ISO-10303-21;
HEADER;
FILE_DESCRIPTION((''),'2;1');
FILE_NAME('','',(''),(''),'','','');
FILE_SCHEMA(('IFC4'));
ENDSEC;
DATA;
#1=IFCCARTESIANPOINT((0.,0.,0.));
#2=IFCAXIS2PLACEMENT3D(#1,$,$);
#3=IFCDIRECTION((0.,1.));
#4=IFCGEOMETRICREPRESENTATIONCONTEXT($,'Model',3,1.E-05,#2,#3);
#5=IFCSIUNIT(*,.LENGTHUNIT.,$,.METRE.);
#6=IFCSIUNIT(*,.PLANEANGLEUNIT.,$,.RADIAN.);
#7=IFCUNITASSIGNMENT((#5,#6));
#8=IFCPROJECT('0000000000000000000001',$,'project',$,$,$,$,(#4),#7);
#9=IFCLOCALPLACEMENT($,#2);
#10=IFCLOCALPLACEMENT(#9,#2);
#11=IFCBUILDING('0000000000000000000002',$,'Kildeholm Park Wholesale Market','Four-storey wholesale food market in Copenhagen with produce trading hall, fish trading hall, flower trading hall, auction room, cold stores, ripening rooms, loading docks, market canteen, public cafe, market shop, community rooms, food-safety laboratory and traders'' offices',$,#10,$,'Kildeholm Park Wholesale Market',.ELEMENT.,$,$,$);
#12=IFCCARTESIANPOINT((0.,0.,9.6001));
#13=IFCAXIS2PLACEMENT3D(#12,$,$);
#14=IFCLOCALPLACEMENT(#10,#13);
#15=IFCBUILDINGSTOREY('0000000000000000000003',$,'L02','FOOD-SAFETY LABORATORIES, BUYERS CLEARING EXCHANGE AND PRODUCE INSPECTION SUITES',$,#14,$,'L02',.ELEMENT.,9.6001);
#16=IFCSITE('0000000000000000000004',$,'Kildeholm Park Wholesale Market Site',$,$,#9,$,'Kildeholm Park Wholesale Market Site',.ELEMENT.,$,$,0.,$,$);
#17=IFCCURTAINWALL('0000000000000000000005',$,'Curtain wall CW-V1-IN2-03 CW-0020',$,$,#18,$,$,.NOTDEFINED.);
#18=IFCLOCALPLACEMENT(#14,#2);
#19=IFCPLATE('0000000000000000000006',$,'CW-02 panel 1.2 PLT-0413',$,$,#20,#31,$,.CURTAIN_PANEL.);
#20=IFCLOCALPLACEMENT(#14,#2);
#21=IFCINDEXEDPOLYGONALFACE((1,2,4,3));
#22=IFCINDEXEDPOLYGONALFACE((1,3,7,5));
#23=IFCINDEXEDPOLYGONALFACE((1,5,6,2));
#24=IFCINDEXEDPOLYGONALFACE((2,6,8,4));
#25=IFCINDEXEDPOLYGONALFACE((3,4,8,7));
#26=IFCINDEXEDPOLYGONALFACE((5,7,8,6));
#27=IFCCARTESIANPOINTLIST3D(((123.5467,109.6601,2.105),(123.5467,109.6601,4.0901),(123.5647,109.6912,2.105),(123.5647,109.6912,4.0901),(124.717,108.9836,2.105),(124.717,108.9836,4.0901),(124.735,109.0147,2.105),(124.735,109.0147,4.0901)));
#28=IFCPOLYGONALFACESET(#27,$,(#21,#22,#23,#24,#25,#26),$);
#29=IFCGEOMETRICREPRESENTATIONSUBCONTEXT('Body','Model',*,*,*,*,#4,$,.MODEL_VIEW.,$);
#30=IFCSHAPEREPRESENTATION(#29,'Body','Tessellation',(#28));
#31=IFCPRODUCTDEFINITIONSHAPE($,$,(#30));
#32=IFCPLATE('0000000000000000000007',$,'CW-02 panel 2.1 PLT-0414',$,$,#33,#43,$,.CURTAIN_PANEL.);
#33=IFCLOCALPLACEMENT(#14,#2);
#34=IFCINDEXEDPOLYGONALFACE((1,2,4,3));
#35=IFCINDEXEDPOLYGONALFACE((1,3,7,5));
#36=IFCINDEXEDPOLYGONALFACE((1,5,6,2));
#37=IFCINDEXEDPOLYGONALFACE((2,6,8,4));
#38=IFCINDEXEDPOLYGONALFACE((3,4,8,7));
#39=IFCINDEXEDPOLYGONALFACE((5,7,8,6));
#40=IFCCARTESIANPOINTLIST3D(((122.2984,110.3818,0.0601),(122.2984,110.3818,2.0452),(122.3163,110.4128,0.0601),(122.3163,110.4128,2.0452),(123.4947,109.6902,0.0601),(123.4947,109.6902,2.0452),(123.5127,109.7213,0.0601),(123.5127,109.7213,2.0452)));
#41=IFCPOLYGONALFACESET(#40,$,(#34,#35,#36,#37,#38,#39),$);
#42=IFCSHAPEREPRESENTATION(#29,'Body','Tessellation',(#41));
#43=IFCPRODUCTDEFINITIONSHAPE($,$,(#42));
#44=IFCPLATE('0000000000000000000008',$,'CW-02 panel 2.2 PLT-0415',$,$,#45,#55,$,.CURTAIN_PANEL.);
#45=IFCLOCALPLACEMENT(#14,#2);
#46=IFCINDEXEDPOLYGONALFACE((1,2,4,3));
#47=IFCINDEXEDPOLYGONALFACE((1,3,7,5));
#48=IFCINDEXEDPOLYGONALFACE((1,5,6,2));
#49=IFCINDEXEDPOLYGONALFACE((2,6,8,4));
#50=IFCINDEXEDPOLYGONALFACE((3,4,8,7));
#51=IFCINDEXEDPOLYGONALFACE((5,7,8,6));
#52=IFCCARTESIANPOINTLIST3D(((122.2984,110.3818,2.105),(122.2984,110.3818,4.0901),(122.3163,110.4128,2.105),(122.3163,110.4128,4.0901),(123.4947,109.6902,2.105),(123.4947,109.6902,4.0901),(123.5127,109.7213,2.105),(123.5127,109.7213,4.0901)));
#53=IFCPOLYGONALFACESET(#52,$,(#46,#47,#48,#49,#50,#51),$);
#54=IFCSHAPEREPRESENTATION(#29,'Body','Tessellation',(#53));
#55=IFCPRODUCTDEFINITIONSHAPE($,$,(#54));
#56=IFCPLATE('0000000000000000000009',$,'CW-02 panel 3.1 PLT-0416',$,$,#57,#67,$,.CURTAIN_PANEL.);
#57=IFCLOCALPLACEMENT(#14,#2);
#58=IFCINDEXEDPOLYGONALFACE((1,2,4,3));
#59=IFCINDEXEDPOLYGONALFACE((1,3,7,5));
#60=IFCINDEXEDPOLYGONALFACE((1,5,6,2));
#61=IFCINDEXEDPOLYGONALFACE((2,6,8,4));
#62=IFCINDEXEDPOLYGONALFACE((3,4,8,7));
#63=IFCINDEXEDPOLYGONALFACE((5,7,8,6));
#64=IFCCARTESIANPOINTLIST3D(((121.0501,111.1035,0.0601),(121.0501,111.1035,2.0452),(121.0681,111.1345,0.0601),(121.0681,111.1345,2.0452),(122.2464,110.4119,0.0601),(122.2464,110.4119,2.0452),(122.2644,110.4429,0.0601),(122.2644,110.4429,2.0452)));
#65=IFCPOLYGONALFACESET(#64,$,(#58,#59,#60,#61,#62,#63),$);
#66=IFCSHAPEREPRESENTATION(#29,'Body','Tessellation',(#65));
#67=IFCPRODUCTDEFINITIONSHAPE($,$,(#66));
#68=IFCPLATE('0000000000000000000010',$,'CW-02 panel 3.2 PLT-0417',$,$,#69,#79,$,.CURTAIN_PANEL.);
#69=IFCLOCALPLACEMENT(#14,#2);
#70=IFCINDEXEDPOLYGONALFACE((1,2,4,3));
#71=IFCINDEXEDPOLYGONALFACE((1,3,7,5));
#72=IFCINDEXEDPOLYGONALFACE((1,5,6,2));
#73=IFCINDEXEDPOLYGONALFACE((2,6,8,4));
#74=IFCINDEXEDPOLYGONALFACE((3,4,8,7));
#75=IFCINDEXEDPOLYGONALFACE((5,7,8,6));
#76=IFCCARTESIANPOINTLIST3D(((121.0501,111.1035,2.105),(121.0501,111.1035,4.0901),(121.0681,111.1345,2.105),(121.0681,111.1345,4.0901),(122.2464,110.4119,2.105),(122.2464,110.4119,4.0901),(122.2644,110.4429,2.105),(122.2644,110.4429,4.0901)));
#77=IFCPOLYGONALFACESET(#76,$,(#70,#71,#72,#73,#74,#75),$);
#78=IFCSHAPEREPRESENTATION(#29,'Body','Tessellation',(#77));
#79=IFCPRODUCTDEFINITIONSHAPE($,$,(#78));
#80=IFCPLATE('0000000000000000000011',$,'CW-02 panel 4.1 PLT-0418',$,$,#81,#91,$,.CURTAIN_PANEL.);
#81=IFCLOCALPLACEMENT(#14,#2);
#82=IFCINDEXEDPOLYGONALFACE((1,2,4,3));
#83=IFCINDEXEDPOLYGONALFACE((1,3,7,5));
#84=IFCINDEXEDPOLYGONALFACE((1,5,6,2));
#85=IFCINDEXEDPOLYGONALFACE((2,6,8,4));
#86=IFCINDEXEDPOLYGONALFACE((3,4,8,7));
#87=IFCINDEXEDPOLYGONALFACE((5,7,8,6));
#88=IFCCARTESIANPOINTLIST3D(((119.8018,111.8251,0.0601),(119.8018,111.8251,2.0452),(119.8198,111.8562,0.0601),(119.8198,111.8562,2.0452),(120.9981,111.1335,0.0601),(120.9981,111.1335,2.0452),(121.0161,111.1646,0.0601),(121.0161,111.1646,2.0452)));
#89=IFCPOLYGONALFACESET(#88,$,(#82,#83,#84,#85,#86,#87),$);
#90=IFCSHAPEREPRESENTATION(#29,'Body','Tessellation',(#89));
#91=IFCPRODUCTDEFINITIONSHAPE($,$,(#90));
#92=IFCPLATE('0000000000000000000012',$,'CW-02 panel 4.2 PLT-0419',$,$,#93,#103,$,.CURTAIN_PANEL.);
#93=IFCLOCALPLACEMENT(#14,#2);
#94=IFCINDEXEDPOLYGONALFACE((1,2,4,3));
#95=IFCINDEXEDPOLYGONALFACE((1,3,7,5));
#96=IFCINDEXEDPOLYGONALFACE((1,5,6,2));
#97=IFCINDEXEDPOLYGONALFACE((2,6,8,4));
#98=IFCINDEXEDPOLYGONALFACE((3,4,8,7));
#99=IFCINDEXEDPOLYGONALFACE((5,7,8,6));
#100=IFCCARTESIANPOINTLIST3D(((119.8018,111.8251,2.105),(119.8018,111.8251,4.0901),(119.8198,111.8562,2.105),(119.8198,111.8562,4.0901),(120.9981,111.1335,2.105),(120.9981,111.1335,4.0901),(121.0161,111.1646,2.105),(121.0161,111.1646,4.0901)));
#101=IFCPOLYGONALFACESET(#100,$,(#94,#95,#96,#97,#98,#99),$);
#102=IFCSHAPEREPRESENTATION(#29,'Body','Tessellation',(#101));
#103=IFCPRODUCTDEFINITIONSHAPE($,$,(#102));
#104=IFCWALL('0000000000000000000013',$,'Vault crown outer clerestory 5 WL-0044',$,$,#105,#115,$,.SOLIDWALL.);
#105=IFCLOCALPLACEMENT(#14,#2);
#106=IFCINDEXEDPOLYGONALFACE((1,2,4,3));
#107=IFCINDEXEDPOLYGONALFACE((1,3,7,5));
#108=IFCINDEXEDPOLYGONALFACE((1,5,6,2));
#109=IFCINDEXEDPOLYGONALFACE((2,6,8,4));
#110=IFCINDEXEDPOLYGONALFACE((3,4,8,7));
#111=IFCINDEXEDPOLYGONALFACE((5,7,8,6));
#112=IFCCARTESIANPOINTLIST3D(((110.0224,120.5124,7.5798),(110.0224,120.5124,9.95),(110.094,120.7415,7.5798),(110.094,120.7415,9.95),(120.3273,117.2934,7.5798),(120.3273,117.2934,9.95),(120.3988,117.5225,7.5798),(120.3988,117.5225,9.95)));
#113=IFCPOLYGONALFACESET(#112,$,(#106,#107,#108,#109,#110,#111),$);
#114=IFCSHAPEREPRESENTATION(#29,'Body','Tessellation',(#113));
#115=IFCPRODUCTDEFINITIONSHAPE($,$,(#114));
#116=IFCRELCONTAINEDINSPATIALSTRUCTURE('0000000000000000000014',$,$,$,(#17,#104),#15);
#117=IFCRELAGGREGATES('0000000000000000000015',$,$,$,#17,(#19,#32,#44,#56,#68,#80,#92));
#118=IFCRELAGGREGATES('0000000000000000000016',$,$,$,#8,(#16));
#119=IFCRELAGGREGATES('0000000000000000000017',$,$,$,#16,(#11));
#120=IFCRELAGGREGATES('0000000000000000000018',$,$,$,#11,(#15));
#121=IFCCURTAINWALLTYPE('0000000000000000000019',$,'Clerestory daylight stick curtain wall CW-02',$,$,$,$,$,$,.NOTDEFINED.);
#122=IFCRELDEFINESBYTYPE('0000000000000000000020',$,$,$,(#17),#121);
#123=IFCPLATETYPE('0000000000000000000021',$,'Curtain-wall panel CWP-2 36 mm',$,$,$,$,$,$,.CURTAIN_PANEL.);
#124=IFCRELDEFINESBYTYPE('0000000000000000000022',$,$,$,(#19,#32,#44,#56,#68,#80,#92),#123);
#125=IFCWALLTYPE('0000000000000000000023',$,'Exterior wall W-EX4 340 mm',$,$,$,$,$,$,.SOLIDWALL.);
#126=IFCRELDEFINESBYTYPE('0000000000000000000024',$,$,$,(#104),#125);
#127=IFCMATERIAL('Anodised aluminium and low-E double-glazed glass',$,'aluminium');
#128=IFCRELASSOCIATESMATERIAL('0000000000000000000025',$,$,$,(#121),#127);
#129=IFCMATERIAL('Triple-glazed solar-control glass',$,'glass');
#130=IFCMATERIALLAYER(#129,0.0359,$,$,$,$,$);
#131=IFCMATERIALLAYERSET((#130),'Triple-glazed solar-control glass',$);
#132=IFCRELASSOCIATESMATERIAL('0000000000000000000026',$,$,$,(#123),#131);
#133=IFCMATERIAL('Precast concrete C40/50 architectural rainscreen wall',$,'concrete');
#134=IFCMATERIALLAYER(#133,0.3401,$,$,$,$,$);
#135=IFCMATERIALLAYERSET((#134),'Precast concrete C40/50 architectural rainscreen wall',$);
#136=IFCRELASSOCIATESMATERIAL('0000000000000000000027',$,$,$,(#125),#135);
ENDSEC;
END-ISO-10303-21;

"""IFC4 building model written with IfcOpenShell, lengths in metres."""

from ifc_helpers import new_model, si_unit, direction, frame, frame_2d, origin, origin_2d, place, context, subcontext, project, spatial, rectangle, extrude, material, layer, layer_set, type_object, element, aggregate, save


model = new_model("IFC4")

# Units and contexts
model_context = context("Model", 3, precision=1e-05, world=origin(), true_north=direction((0.0, 1.0)))
body_context = subcontext(model_context, "Body", "Model", "MODEL_VIEW")
ifc_project = project(units=[si_unit("LENGTHUNIT", "METRE"), si_unit("PLANEANGLEUNIT", "RADIAN")], contexts=[model_context])

# Site, building, storey
site_placement = place(None, origin())
site = spatial("IfcSite", under=ifc_project, at=site_placement, Name="Kildeholm Park Wholesale Market Site", LongName="Kildeholm Park Wholesale Market Site", CompositionType="ELEMENT", RefElevation=0.0)
building_placement = place(site_placement, origin())
building = spatial("IfcBuilding", under=site, at=building_placement, Name="Kildeholm Park Wholesale Market", Description="Four-storey wholesale food market in Copenhagen with produce trading hall, fish trading hall, flower trading hall, auction room, cold stores, ripening rooms, loading docks, market canteen, public cafe, market shop, community rooms, food-safety laboratory and traders' offices", LongName="Kildeholm Park Wholesale Market", CompositionType="ELEMENT")
storey_placement = place(building_placement, frame((0.0, 0.0, 9.6001)))
storey = spatial("IfcBuildingStorey", under=building, at=storey_placement, Name="L02", Description="FOOD-SAFETY LABORATORIES, BUYERS CLEARING EXCHANGE AND PRODUCE INSPECTION SUITES", LongName="L02", CompositionType="ELEMENT", Elevation=9.6001)

# Curtain wall, plates
ifc_material_1 = material(Name="Anodised aluminium and low-E double-glazed glass", Category="aluminium")
curtain_wall_type = type_object("IfcCurtainWallType", Name="Clerestory daylight stick curtain wall CW-02", PredefinedType="NOTDEFINED", material=ifc_material_1)
curtain_wall_placement = place(storey_placement, origin())
curtain_wall = element("IfcCurtainWall", 1, at=curtain_wall_placement, inside=storey, type_object=curtain_wall_type, Name="Curtain wall CW-V1-IN2-03 CW-0020", PredefinedType="NOTDEFINED")
ifc_material_2 = material(Name="Triple-glazed solar-control glass", Category="glass")
ifc_layer_1 = layer(ifc_material_2, 0.0359)
ifc_layer_set_1 = layer_set([ifc_layer_1], Name="Triple-glazed solar-control glass")
plate_type = type_object("IfcPlateType", Name="Curtain-wall panel CWP-2 36 mm", PredefinedType="CURTAIN_PANEL", material=ifc_layer_set_1)
plate_1_placement = place(storey_placement, frame((124.1409, 109.3374, 2.105), z_axis=(0.0, 0.0, 1.0), x_axis=(-0.865743, 0.500489, 0.0)))
plate_1 = element("IfcPlate", 2, at=plate_1_placement, type_object=plate_type, Name="CW-02 panel 1.2 PLT-0413", PredefinedType="CURTAIN_PANEL", context=body_context, shape_type="SweptSolid", body=[
    extrude(rectangle(XDim=1.3518, YDim=0.0359, at=origin_2d()), origin(), (0.0, 0.0, 1.0), 1.9851),
])
plate_2_placement = place(storey_placement, frame((122.9055, 110.0515, 0.0601), z_axis=(0.0, 0.0, 1.0), x_axis=(-0.865743, 0.500489, 0.0)))
plate_2 = element("IfcPlate", 3, at=plate_2_placement, type_object=plate_type, Name="CW-02 panel 2.1 PLT-0414", PredefinedType="CURTAIN_PANEL", context=body_context, shape_type="SweptSolid", body=[
    extrude(rectangle(XDim=1.3818, YDim=0.0359, at=origin_2d()), origin(), (0.0, 0.0, 1.0), 1.9851),
])
plate_3_placement = place(storey_placement, frame((122.9055, 110.0515, 2.105), z_axis=(0.0, 0.0, 1.0), x_axis=(-0.865743, 0.500489, 0.0)))
plate_3 = element("IfcPlate", 4, at=plate_3_placement, type_object=plate_type, Name="CW-02 panel 2.2 PLT-0415", PredefinedType="CURTAIN_PANEL", context=body_context, shape_type="SweptSolid", body=[
    extrude(rectangle(XDim=1.3818, YDim=0.0359, at=origin_2d()), origin(), (0.0, 0.0, 1.0), 1.9851),
])
plate_4_placement = place(storey_placement, frame((121.6572, 110.7732, 0.0601), z_axis=(0.0, 0.0, 1.0), x_axis=(-0.865743, 0.500489, 0.0)))
plate_4 = element("IfcPlate", 5, at=plate_4_placement, type_object=plate_type, Name="CW-02 panel 3.1 PLT-0416", PredefinedType="CURTAIN_PANEL", context=body_context, shape_type="SweptSolid", body=[
    extrude(rectangle(XDim=1.3818, YDim=0.0359, at=origin_2d()), origin(), (0.0, 0.0, 1.0), 1.9851),
])
plate_5_placement = place(storey_placement, frame((121.6572, 110.7732, 2.105), z_axis=(0.0, 0.0, 1.0), x_axis=(-0.865743, 0.500489, 0.0)))
plate_5 = element("IfcPlate", 6, at=plate_5_placement, type_object=plate_type, Name="CW-02 panel 3.2 PLT-0417", PredefinedType="CURTAIN_PANEL", context=body_context, shape_type="SweptSolid", body=[
    extrude(rectangle(XDim=1.3818, YDim=0.0359, at=origin_2d()), origin(), (0.0, 0.0, 1.0), 1.9851),
])
plate_6_placement = place(storey_placement, frame((120.4089, 111.4949, 0.0601), z_axis=(0.0, 0.0, 1.0), x_axis=(-0.865743, 0.500489, 0.0)))
plate_6 = element("IfcPlate", 7, at=plate_6_placement, type_object=plate_type, Name="CW-02 panel 4.1 PLT-0418", PredefinedType="CURTAIN_PANEL", context=body_context, shape_type="SweptSolid", body=[
    extrude(rectangle(XDim=1.3818, YDim=0.0359, at=origin_2d()), origin(), (0.0, 0.0, 1.0), 1.9851),
])
plate_7_placement = place(storey_placement, frame((120.4089, 111.4949, 2.105), z_axis=(0.0, 0.0, 1.0), x_axis=(-0.865743, 0.500489, 0.0)))
plate_7 = element("IfcPlate", 8, at=plate_7_placement, type_object=plate_type, Name="CW-02 panel 4.2 PLT-0419", PredefinedType="CURTAIN_PANEL", context=body_context, shape_type="SweptSolid", body=[
    extrude(rectangle(XDim=1.3818, YDim=0.0359, at=origin_2d()), origin(), (0.0, 0.0, 1.0), 1.9851),
])
aggregate(curtain_wall, [plate_1, plate_2, plate_3, plate_4, plate_5, plate_6, plate_7])

# Wall
ifc_material_3 = material(Name="Precast concrete C40/50 architectural rainscreen wall", Category="concrete")
ifc_layer_2 = layer(ifc_material_3, 0.3401)
ifc_layer_set_2 = layer_set([ifc_layer_2], Name="Precast concrete C40/50 architectural rainscreen wall")
wall_type = type_object("IfcWallType", Name="Exterior wall W-EX4 340 mm", PredefinedType="SOLIDWALL", material=ifc_layer_set_2)
wall_placement = place(storey_placement, frame((120.363, 117.408, 7.5798), z_axis=(0.0, 0.0, 1.0), x_axis=(-0.954514, 0.298166, 0.0)))
element("IfcWall", 9, at=wall_placement, inside=storey, type_object=wall_type, Name="Vault crown outer clerestory 5 WL-0044", PredefinedType="SOLIDWALL", context=body_context, shape_type="SweptSolid", body=[
    extrude(rectangle(XDim=10.7959, YDim=0.24, at=frame_2d((5.3979, 0.0))), origin(), (0.0, 0.0, 1.0), 2.3701),
])

save(model, "model.ifc")
